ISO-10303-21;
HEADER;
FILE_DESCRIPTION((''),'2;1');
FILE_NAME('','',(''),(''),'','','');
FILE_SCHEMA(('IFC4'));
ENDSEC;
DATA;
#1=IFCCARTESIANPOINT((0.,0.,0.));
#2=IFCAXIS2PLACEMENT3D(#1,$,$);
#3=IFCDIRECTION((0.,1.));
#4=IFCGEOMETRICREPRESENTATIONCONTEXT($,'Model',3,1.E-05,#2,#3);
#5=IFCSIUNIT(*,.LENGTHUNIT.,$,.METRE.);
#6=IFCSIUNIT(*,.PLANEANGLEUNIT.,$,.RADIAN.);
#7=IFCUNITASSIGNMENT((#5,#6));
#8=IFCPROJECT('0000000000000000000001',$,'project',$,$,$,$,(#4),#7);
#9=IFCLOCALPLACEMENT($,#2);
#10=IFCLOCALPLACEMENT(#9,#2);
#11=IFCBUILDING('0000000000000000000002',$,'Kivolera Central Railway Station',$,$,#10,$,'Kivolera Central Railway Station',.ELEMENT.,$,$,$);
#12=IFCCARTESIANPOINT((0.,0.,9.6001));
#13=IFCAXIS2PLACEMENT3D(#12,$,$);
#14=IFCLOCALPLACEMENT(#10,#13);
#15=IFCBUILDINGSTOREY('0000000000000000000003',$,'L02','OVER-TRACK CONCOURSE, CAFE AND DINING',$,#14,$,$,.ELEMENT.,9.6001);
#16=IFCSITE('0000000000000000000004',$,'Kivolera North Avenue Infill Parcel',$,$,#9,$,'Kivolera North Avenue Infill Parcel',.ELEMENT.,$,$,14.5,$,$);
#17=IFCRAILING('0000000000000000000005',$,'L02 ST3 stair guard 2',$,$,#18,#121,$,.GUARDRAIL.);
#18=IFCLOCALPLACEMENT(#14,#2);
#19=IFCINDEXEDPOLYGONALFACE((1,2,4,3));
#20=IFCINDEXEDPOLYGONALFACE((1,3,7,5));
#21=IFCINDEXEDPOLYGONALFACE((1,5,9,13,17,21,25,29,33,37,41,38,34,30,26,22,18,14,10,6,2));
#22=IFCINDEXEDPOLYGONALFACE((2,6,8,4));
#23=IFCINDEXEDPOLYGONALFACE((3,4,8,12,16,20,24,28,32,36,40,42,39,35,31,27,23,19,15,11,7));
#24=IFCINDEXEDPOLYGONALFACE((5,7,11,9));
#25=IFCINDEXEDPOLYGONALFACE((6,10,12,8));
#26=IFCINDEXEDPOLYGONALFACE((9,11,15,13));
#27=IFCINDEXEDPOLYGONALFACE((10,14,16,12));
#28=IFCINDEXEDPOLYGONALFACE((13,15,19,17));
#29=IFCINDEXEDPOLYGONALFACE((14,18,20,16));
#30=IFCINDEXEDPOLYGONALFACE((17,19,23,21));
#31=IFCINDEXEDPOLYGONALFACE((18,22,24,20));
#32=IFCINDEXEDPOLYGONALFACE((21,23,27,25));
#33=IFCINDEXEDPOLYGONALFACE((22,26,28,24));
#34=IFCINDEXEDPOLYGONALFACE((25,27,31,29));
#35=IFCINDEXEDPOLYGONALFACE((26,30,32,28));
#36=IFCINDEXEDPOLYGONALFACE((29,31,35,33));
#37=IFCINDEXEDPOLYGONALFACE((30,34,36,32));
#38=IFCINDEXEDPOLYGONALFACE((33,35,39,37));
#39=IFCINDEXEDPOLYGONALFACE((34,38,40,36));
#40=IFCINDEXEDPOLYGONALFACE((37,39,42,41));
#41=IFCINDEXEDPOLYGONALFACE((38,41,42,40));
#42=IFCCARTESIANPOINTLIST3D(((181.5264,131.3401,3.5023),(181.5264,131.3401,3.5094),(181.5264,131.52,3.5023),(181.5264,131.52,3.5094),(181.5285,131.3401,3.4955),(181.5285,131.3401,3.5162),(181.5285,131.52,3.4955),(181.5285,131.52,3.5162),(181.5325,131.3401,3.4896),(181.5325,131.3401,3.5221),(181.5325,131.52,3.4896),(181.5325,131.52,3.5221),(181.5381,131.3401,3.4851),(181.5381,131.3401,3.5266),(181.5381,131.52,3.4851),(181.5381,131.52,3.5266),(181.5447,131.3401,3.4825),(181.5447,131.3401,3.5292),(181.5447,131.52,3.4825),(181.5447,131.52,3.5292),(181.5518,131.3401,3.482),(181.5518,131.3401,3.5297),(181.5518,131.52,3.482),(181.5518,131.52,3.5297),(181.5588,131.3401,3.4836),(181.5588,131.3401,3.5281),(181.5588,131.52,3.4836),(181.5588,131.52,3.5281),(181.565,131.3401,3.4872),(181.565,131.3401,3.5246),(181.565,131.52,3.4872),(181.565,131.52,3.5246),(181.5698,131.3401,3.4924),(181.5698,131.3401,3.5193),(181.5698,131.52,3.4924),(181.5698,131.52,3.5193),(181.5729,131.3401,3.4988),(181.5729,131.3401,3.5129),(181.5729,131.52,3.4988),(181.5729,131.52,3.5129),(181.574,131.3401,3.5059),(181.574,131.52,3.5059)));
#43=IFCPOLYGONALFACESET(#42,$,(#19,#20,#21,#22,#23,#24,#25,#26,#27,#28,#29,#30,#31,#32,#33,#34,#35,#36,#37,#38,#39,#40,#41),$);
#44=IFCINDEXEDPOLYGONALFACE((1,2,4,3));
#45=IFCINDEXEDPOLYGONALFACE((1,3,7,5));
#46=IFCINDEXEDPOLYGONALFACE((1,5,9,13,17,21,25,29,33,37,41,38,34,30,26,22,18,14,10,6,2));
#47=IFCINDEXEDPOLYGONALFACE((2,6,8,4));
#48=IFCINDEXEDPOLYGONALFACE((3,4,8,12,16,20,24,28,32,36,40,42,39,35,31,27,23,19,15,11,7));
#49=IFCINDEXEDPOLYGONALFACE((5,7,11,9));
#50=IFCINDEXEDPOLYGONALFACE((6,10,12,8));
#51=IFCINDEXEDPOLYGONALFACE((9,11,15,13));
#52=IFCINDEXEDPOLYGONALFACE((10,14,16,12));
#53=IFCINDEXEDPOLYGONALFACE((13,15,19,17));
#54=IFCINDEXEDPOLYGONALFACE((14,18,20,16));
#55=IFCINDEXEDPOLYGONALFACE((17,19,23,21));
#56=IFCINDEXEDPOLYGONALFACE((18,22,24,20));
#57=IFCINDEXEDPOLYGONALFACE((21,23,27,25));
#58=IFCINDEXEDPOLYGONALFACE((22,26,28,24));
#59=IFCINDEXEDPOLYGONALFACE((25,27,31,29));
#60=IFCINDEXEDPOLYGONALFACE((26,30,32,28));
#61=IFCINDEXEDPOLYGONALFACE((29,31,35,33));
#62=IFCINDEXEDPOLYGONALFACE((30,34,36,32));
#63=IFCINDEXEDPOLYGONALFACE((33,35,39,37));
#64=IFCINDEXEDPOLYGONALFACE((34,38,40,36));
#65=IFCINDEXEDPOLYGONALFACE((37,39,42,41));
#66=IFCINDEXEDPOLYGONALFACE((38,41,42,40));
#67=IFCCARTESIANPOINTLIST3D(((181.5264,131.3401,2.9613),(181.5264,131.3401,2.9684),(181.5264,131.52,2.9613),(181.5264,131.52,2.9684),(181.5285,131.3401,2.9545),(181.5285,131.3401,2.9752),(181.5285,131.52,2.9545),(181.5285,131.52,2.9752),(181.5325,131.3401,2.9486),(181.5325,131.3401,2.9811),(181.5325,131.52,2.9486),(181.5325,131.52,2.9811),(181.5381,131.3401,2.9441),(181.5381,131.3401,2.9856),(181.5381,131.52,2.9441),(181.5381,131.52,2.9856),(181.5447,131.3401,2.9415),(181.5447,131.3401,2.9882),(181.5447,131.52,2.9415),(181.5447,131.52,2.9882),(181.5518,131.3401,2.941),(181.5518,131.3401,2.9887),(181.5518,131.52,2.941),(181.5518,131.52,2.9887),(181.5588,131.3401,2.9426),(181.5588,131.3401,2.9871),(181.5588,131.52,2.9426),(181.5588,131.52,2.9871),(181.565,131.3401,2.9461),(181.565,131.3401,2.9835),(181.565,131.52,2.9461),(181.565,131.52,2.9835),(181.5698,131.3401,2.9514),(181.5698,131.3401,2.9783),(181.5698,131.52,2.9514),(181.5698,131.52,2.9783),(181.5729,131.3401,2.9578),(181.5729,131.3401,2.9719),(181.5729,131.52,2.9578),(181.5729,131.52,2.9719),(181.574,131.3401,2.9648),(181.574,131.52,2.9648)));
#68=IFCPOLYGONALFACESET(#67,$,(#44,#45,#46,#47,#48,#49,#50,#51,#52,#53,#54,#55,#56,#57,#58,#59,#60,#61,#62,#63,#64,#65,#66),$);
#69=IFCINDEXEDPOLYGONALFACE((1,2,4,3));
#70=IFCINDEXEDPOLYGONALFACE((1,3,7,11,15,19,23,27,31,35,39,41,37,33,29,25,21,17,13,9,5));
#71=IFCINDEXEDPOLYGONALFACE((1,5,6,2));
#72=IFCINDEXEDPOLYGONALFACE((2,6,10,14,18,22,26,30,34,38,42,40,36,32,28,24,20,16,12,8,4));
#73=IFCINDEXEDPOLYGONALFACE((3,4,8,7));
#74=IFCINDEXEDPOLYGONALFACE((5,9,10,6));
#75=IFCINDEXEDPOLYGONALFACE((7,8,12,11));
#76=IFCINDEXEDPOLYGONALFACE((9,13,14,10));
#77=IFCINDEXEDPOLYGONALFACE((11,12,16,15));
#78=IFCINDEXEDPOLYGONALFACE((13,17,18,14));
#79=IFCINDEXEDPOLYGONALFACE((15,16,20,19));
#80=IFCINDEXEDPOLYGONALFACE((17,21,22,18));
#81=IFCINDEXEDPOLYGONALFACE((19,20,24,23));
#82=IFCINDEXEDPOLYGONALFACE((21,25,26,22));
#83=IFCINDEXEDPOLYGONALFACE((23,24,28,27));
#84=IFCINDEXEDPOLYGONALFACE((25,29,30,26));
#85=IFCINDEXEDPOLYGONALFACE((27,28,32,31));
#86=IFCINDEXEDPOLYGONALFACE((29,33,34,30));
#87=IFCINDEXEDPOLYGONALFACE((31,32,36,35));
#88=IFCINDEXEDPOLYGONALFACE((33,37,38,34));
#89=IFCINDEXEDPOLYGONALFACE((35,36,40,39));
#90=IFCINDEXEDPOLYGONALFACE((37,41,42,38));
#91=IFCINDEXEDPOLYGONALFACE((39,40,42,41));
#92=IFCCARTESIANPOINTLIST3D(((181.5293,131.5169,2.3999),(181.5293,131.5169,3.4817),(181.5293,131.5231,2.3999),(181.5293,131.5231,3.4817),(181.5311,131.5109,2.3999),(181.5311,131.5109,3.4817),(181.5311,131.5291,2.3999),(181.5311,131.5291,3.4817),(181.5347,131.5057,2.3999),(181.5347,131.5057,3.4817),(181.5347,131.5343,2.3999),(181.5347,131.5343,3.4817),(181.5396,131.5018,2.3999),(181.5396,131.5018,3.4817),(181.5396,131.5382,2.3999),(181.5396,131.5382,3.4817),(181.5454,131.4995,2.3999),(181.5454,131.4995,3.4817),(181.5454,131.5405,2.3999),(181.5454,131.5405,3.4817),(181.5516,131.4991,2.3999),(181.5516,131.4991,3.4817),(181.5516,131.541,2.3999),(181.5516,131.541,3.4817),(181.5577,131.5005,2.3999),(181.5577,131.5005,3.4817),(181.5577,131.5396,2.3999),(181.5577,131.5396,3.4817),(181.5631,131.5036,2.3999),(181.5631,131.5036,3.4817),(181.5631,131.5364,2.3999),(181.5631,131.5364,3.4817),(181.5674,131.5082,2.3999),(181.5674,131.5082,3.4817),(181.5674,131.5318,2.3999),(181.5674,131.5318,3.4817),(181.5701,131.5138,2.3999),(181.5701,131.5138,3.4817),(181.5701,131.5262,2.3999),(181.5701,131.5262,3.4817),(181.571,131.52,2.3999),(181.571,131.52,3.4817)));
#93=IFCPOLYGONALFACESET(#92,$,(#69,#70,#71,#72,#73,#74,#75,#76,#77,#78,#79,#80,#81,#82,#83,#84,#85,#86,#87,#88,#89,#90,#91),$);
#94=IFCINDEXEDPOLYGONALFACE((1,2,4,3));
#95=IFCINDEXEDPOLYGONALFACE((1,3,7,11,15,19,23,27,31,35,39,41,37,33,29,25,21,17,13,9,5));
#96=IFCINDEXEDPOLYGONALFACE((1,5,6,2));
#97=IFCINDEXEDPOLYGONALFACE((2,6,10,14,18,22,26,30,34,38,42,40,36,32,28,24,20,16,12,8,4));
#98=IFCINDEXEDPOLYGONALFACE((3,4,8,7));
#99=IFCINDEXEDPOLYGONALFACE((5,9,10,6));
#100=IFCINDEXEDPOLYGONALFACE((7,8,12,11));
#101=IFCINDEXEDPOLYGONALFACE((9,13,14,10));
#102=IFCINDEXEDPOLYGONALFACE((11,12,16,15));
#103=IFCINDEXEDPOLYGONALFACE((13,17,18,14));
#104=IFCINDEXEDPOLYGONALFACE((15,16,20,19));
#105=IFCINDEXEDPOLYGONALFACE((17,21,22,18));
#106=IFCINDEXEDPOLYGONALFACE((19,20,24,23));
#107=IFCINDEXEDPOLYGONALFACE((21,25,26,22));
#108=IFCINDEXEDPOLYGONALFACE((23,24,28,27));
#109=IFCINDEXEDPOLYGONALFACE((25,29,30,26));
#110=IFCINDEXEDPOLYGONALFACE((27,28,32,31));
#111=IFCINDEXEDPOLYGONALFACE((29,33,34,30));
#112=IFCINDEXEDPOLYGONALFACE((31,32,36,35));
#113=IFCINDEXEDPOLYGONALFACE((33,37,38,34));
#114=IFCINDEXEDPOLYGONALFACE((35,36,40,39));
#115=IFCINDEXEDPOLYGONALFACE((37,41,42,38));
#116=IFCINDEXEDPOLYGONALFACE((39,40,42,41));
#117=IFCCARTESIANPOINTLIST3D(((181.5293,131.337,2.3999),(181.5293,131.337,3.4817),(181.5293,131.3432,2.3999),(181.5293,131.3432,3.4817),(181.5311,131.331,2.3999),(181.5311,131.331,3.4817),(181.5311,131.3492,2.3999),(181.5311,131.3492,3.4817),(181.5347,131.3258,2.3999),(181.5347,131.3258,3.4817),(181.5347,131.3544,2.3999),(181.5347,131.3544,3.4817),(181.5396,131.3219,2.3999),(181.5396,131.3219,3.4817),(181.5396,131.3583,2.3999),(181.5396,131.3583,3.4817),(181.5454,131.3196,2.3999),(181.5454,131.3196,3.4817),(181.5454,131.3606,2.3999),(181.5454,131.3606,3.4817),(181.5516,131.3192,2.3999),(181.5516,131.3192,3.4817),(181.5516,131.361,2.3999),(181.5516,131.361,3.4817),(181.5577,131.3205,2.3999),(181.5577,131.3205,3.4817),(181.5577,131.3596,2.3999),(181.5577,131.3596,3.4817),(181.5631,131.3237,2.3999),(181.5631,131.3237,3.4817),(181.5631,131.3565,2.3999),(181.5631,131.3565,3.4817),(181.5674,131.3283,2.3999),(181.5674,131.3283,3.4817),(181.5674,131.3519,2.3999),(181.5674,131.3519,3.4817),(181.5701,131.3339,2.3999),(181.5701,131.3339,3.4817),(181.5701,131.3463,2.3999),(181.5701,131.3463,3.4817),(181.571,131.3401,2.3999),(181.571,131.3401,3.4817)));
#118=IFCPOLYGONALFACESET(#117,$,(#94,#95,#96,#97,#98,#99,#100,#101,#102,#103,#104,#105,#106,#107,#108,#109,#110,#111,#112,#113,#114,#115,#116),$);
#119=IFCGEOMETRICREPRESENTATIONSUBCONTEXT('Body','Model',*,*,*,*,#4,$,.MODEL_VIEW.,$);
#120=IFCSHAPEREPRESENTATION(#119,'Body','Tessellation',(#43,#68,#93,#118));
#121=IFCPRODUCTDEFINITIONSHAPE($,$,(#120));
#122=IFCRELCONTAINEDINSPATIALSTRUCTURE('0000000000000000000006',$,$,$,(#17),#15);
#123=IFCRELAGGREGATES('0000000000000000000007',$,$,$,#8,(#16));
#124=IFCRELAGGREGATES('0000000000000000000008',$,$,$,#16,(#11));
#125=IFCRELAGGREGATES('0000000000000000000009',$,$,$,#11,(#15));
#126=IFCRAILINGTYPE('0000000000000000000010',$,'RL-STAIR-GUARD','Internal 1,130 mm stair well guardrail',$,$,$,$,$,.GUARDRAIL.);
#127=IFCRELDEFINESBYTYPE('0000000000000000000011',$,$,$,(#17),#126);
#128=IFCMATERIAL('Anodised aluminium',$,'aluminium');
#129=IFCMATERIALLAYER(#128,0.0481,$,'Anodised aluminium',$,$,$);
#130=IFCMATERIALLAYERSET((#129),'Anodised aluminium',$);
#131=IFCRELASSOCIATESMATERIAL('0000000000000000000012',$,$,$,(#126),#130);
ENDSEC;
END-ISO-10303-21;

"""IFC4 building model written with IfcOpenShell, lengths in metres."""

from ifc_helpers import new_model, si_unit, direction, frame, origin, origin_2d, place, context, subcontext, project, spatial, circle, extrude, material, layer, layer_set, type_object, element, save


model = new_model("IFC4")

# Units and contexts
model_context = context("Model", 3, precision=1e-05, world=origin(), true_north=direction((0.0, 1.0)))
body_context = subcontext(model_context, "Body", "Model", "MODEL_VIEW")
ifc_project = project(units=[si_unit("LENGTHUNIT", "METRE"), si_unit("PLANEANGLEUNIT", "RADIAN")], contexts=[model_context])

# Site, building, storey
site_placement = place(None, origin())
site = spatial("IfcSite", under=ifc_project, at=site_placement, Name="Kivolera North Avenue Infill Parcel", LongName="Kivolera North Avenue Infill Parcel", CompositionType="ELEMENT", RefElevation=14.5)
building_placement = place(site_placement, origin())
building = spatial("IfcBuilding", under=site, at=building_placement, Name="Kivolera Central Railway Station", LongName="Kivolera Central Railway Station", CompositionType="ELEMENT")
storey_placement = place(building_placement, frame((0.0, 0.0, 9.6001)))
storey = spatial("IfcBuildingStorey", under=building, at=storey_placement, Name="L02", Description="OVER-TRACK CONCOURSE, CAFE AND DINING", CompositionType="ELEMENT", Elevation=9.6001)

# Shared definitions
ifc_material_1 = material(Name="Anodised aluminium", Category="aluminium")

# Railing
ifc_layer_1 = layer(ifc_material_1, 0.0481, Name="Anodised aluminium")
ifc_layer_set_1 = layer_set([ifc_layer_1], Name="Anodised aluminium")
railing_type_1 = type_object("IfcRailingType", Name="RL-STAIR-GUARD", Description="Internal 1,130 mm stair well guardrail", PredefinedType="GUARDRAIL", material=ifc_layer_set_1)
railing_1_placement = place(storey_placement, frame((181.55, 131.52, 2.3999)))
element("IfcRailing", 1, at=railing_1_placement, inside=storey, type_object=railing_type_1, Name="L02 ST3 stair guard 2", PredefinedType="GUARDRAIL", context=body_context, shape_type="SweptSolid", body=[
    extrude(circle(Radius=0.0239, at=origin_2d()), frame((0.0, 0.0, 1.106), z_axis=(0.0, -1.0, 0.0), x_axis=(1.0, 0.0, 0.0)), (0.0, 0.0, 1.0), 0.1799),
    extrude(circle(Radius=0.0239, at=origin_2d()), frame((0.0, 0.0, 0.5649), z_axis=(0.0, -1.0, 0.0), x_axis=(1.0, 0.0, 0.0)), (0.0, 0.0, 1.0), 0.1799),
    extrude(circle(Radius=0.021, at=origin_2d()), origin(), (0.0, 0.0, 1.0), 1.0818),
    extrude(circle(Radius=0.021, at=origin_2d()), frame((0.0, -0.1799, 0.0)), (0.0, 0.0, 1.0), 1.0818),
])

save(model, "model.ifc")
